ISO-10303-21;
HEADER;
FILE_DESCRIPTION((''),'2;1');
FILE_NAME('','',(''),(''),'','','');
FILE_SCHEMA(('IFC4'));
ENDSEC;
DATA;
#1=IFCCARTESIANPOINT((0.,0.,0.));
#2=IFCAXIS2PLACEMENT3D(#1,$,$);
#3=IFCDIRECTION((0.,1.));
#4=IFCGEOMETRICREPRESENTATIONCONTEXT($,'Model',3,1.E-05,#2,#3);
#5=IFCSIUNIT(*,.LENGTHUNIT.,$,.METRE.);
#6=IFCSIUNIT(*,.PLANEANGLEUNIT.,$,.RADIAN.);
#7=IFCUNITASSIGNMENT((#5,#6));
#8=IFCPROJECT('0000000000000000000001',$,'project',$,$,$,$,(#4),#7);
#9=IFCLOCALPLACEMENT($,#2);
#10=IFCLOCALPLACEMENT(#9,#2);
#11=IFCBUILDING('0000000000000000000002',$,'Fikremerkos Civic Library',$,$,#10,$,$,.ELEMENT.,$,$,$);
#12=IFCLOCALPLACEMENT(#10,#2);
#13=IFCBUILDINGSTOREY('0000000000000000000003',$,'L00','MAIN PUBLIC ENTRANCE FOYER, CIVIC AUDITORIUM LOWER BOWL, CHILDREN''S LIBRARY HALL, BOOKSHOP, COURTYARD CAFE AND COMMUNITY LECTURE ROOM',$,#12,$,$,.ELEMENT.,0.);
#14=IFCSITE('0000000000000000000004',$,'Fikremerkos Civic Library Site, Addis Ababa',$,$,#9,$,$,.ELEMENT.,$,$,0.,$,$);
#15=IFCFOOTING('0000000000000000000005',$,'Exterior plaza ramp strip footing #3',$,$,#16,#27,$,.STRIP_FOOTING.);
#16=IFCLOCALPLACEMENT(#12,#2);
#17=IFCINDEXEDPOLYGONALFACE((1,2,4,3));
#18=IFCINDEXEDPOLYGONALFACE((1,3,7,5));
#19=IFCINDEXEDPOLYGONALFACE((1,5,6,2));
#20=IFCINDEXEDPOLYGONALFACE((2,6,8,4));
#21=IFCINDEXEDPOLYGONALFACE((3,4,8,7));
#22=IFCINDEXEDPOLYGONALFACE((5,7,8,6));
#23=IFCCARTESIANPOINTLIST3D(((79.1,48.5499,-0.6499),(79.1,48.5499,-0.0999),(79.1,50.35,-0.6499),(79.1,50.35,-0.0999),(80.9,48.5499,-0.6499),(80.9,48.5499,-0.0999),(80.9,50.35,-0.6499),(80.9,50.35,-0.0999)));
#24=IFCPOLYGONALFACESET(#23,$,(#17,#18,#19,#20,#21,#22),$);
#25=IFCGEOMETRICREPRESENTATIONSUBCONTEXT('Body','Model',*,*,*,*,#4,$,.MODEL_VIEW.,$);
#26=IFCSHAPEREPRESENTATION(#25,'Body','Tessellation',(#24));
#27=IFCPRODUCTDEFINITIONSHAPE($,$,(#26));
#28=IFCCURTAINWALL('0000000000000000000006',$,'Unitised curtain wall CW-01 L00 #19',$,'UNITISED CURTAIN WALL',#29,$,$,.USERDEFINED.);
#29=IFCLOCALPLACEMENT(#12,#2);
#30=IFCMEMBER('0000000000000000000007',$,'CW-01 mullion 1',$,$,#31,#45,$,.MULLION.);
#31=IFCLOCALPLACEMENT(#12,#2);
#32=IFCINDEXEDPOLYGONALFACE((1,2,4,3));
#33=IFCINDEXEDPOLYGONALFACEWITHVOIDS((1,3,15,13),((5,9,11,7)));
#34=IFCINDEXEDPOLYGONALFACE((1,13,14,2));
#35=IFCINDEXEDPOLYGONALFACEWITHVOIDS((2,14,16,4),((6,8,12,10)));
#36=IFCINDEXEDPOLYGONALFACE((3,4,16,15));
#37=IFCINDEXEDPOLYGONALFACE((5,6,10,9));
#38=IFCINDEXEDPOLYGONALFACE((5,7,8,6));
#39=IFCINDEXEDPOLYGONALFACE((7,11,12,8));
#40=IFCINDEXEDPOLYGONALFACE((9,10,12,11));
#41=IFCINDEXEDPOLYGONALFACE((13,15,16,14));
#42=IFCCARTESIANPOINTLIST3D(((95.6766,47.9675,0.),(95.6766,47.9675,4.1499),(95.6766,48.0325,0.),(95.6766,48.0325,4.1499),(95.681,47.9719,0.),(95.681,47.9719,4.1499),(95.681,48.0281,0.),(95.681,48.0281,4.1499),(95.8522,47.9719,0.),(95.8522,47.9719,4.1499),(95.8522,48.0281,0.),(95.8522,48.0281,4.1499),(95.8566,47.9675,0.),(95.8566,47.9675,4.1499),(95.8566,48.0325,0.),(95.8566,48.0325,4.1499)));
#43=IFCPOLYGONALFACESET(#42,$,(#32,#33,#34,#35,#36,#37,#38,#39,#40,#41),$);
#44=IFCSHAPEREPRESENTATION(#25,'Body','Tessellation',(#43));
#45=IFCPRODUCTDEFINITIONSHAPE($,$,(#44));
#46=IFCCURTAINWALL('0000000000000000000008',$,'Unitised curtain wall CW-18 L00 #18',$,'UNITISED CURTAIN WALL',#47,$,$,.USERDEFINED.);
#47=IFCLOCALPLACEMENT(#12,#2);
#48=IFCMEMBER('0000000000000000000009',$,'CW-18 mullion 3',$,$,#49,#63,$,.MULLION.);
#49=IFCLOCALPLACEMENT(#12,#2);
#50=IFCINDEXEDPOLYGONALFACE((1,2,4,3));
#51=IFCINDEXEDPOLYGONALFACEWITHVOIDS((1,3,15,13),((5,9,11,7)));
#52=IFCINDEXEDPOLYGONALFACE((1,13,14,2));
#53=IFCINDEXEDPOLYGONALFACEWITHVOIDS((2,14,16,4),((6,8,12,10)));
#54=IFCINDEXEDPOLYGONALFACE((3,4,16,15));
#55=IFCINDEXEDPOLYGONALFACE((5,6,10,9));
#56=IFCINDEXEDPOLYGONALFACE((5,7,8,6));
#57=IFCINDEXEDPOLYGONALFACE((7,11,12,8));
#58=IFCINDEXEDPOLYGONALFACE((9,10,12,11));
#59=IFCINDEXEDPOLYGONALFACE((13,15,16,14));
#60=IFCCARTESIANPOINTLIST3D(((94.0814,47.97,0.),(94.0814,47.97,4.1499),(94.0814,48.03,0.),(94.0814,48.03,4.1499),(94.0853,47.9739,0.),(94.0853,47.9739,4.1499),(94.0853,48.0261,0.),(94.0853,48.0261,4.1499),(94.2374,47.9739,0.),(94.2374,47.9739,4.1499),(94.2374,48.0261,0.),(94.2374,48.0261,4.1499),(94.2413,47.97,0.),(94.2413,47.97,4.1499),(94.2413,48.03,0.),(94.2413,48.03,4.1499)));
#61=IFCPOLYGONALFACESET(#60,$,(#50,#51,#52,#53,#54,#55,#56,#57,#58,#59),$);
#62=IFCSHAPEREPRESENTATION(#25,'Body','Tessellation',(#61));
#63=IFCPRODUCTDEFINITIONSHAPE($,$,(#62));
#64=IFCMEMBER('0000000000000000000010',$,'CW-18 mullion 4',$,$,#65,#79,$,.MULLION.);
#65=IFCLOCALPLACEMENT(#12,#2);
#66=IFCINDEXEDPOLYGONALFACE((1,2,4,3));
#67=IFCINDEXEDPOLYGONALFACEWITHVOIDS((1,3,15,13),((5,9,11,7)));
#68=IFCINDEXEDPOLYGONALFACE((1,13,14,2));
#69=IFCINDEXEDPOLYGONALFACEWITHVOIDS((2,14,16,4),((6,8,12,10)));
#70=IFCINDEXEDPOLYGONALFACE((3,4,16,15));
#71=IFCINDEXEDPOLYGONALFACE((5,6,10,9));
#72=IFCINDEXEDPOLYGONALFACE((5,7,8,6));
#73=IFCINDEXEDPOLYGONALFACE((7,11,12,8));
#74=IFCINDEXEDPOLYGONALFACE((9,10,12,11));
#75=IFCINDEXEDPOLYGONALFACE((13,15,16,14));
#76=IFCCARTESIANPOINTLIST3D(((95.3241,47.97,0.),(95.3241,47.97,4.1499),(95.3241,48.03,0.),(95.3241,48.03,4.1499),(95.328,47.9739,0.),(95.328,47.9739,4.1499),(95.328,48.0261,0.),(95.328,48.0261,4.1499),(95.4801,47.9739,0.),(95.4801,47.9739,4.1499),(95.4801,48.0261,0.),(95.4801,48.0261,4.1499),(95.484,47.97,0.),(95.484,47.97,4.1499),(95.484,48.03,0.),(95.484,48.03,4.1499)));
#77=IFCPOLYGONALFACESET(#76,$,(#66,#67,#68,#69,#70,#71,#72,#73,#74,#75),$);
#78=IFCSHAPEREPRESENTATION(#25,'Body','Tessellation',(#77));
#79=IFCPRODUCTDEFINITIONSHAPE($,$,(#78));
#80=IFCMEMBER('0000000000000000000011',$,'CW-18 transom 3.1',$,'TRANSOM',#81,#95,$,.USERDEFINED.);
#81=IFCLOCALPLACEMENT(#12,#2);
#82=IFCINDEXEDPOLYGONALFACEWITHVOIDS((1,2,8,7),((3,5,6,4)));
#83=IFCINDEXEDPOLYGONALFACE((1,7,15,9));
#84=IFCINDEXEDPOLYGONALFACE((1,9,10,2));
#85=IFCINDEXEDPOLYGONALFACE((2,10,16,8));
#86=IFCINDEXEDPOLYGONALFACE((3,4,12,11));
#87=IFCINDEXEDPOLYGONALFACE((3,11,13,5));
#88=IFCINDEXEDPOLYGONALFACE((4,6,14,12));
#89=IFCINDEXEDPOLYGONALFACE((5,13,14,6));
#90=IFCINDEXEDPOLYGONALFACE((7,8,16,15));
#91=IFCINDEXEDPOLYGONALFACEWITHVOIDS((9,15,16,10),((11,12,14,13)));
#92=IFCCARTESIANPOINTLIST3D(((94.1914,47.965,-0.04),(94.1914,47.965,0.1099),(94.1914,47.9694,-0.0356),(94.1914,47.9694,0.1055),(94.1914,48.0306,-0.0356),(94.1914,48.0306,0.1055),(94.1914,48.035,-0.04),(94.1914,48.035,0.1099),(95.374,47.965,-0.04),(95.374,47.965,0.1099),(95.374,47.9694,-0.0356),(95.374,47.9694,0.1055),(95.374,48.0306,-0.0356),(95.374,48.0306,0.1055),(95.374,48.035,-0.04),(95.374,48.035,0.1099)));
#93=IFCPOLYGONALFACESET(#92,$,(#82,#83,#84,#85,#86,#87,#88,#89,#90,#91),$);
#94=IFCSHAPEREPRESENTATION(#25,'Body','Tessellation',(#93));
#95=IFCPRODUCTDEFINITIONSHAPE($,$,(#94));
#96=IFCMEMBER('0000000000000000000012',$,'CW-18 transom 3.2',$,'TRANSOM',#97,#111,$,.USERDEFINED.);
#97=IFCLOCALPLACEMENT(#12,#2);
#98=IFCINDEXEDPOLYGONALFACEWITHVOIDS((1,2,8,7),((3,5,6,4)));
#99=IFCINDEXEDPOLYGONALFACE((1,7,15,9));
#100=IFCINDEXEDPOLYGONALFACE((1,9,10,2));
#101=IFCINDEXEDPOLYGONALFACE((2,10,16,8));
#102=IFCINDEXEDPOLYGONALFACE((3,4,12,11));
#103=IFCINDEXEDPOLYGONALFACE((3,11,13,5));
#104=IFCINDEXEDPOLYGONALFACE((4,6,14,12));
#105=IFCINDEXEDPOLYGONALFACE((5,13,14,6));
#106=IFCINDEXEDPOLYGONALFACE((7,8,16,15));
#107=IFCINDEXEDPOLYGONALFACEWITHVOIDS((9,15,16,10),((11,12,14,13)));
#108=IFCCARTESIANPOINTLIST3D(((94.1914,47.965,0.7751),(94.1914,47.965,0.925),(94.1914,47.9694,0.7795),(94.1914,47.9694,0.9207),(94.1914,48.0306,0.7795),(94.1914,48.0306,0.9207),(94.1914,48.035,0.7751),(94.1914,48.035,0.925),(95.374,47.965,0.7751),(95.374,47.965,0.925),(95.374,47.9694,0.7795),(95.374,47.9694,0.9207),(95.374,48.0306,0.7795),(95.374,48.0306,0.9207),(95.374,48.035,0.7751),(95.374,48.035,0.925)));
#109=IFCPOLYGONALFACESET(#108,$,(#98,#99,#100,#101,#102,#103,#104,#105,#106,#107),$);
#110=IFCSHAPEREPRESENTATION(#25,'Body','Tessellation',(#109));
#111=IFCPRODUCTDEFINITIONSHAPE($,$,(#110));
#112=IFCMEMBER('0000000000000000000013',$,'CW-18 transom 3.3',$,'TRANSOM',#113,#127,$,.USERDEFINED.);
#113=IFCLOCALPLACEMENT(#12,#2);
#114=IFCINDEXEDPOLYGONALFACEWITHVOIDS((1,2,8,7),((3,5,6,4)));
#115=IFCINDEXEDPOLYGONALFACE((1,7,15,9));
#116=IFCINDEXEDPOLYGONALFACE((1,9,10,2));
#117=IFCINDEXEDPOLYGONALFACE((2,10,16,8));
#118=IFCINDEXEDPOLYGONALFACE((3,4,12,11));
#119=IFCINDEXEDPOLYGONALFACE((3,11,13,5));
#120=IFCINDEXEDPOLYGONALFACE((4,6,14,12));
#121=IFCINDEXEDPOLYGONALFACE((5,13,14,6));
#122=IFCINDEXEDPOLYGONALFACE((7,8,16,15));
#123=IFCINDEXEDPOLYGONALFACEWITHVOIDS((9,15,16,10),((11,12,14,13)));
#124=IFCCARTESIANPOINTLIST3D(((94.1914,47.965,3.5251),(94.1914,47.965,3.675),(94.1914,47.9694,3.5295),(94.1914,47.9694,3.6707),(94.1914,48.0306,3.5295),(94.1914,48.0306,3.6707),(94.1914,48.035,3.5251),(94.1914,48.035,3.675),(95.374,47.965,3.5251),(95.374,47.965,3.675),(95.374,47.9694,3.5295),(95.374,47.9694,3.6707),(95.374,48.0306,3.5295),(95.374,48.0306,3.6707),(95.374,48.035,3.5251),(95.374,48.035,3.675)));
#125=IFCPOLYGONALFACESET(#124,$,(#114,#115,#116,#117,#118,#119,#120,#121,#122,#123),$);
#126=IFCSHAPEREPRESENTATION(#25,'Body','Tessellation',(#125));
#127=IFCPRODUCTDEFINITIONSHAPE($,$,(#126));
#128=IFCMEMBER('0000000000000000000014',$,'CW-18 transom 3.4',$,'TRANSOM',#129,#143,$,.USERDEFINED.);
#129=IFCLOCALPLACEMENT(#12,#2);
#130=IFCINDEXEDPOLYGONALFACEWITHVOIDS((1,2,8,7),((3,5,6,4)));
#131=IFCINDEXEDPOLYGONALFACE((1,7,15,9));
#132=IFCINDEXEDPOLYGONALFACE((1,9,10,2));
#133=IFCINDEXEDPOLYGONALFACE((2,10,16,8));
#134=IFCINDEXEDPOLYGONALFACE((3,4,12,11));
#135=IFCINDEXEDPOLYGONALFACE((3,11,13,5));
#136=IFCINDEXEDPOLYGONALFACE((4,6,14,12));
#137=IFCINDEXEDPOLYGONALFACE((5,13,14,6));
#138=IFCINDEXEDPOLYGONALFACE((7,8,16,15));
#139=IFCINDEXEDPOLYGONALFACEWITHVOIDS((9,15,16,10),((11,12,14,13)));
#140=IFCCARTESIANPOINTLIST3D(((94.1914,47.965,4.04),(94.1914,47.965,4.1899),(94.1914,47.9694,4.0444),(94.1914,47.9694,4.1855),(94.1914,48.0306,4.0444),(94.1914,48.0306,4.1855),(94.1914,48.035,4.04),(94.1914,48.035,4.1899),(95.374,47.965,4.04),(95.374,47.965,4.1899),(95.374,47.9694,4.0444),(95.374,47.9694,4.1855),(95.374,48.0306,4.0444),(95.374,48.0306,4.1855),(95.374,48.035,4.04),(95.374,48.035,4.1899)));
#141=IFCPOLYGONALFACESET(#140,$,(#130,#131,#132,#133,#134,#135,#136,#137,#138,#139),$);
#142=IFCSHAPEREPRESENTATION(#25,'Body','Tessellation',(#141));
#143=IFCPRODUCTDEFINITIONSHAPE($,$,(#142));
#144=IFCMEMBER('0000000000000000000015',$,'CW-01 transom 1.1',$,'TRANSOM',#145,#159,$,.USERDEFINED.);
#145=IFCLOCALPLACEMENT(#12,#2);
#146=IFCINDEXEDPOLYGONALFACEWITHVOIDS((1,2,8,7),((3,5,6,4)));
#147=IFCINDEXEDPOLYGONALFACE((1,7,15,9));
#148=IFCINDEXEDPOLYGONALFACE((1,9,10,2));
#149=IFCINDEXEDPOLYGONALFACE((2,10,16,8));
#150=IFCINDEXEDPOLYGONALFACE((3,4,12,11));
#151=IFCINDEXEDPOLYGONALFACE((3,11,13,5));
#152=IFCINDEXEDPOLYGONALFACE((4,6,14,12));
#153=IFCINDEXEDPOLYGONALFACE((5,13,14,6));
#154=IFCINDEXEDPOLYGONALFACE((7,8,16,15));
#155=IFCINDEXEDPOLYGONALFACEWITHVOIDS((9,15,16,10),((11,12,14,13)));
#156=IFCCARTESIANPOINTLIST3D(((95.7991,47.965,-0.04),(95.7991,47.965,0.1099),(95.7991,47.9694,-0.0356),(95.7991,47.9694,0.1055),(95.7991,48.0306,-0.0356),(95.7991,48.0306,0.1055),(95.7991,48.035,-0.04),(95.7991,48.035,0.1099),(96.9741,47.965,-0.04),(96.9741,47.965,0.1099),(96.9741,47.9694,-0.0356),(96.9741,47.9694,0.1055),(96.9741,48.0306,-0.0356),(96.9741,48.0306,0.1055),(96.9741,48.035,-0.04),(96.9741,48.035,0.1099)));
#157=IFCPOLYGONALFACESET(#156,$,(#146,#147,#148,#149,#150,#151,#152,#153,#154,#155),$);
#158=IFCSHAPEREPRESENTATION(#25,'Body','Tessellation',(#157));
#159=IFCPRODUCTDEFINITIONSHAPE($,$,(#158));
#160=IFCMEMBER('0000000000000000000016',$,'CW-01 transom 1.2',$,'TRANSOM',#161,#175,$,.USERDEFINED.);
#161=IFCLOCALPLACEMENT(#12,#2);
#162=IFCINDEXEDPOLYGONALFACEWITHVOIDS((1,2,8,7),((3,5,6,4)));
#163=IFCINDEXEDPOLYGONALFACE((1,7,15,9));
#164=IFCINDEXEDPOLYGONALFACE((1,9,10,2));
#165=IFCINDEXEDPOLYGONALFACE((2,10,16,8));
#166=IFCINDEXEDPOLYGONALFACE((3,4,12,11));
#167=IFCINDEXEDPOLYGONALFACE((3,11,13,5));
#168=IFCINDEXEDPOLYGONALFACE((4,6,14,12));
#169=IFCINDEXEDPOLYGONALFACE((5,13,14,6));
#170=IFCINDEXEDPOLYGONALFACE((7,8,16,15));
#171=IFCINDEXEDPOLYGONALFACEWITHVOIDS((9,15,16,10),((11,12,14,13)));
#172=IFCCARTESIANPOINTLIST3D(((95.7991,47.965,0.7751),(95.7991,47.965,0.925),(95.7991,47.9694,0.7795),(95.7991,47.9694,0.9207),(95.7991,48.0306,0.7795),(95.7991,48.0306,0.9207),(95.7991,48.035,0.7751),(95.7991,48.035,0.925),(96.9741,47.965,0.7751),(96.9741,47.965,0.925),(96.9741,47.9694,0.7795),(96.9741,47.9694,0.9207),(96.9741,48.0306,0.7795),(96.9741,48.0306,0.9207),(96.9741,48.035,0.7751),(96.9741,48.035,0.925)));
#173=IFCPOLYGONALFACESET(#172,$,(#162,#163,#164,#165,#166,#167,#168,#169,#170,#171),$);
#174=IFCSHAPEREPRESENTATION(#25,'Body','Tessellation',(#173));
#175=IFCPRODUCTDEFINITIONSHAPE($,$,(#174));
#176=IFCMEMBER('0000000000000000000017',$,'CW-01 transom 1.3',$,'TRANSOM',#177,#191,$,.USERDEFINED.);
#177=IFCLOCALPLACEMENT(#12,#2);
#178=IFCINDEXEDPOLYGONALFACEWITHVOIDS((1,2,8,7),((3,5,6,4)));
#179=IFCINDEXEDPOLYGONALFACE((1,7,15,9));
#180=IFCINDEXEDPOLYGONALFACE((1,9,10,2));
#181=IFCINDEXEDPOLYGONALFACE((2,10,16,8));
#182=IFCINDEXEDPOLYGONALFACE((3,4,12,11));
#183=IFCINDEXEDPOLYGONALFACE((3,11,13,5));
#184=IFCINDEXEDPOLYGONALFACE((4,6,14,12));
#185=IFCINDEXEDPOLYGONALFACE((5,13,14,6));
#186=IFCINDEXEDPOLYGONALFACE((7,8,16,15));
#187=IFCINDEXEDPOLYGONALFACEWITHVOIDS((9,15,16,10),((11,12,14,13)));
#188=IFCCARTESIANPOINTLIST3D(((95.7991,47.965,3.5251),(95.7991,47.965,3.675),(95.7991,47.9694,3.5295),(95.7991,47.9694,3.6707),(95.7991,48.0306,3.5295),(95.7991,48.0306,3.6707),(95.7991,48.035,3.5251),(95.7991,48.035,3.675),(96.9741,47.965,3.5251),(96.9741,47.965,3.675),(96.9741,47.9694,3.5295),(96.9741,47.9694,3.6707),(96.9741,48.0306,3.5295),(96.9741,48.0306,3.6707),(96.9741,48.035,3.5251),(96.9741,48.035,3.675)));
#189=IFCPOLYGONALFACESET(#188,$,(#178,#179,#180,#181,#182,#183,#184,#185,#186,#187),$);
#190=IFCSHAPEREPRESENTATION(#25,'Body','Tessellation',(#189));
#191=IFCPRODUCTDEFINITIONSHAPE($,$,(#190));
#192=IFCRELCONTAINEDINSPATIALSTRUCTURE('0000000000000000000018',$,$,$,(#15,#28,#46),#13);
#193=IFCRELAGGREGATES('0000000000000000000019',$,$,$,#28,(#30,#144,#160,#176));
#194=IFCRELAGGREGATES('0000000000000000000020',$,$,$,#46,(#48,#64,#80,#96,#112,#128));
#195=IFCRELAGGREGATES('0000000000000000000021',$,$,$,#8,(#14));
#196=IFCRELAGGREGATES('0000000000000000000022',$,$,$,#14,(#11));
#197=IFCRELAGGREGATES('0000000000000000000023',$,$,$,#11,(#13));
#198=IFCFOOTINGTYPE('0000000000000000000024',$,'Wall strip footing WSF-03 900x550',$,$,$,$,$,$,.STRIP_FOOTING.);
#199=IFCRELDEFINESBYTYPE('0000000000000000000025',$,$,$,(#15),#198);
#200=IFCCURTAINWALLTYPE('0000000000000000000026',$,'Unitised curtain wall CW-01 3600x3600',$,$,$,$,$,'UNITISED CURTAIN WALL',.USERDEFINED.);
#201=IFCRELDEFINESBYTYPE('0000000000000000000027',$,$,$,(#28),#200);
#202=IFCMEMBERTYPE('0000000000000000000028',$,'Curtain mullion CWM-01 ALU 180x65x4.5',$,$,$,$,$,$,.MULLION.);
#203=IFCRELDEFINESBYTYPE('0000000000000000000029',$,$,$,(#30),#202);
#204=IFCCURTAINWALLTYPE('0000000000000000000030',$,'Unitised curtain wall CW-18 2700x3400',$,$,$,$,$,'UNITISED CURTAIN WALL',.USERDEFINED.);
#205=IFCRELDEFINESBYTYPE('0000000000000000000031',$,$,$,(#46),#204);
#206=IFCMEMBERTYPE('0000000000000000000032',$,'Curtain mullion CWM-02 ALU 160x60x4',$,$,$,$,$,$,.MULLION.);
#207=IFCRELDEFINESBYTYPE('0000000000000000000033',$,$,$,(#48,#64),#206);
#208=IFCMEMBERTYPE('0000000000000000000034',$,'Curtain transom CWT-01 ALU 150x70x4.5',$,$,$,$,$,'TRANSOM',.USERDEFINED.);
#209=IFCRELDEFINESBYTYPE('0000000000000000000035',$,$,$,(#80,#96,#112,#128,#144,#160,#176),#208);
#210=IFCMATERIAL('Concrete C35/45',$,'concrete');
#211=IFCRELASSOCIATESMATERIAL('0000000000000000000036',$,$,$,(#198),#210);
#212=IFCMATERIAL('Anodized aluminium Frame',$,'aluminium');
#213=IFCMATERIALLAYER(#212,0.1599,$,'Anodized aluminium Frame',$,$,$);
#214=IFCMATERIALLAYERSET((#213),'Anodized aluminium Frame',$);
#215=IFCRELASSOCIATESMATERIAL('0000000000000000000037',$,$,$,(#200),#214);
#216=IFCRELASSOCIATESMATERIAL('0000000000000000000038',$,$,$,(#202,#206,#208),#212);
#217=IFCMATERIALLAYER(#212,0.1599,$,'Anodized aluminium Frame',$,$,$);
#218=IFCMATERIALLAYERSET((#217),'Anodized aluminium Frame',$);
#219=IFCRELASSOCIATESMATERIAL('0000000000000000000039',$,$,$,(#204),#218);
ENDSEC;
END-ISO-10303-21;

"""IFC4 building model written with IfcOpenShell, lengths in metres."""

from ifc_helpers import new_model, si_unit, direction, frame, origin, origin_2d, place, context, subcontext, project, spatial, rectangle, hollow_rectangle, extrude, material, layer, layer_set, material_profile, profile_set, type_object, element, aggregate, save


model = new_model("IFC4")

# Units and contexts
model_context = context("Model", 3, precision=1e-05, world=origin(), true_north=direction((0.0, 1.0)))
body_context = subcontext(model_context, "Body", "Model", "MODEL_VIEW")
ifc_project = project(units=[si_unit("LENGTHUNIT", "METRE"), si_unit("PLANEANGLEUNIT", "RADIAN")], contexts=[model_context])

# Site, building, storey
site_placement = place(None, origin())
site = spatial("IfcSite", under=ifc_project, at=site_placement, Name="Fikremerkos Civic Library Site, Addis Ababa", CompositionType="ELEMENT", RefElevation=0.0)
building_placement = place(site_placement, origin())
building = spatial("IfcBuilding", under=site, at=building_placement, Name="Fikremerkos Civic Library", CompositionType="ELEMENT")
storey_placement = place(building_placement, origin())
storey = spatial("IfcBuildingStorey", under=building, at=storey_placement, Name="L00", Description="MAIN PUBLIC ENTRANCE FOYER, CIVIC AUDITORIUM LOWER BOWL, CHILDREN'S LIBRARY HALL, BOOKSHOP, COURTYARD CAFE AND COMMUNITY LECTURE ROOM", CompositionType="ELEMENT", Elevation=0.0)

# Footing
ifc_material_1 = material(Name="Concrete C35/45", Category="concrete")
footing_type = type_object("IfcFootingType", Name="Wall strip footing WSF-03 900x550", PredefinedType="STRIP_FOOTING", material=ifc_material_1)
footing_placement = place(storey_placement, frame((80.0, 49.45, -0.6499), z_axis=(0.0, 0.0, 1.0), x_axis=(1.0, 0.0, 0.0)))
element("IfcFooting", 1, at=footing_placement, inside=storey, type_object=footing_type, Name="Exterior plaza ramp strip footing #3", PredefinedType="STRIP_FOOTING", context=body_context, shape_type="SweptSolid", body=[
    extrude(rectangle(XDim=1.8, YDim=1.8, at=origin_2d()), origin(), (0.0, 0.0, 1.0), 0.55),
])

# Curtain wall, member
ifc_material_2 = material(Name="Anodized aluminium Frame", Category="aluminium")
ifc_layer_1 = layer(ifc_material_2, 0.1599, Name="Anodized aluminium Frame")
ifc_layer_set_1 = layer_set([ifc_layer_1], Name="Anodized aluminium Frame")
curtain_wall_type_1 = type_object("IfcCurtainWallType", Name="Unitised curtain wall CW-01 3600x3600", ElementType="UNITISED CURTAIN WALL", PredefinedType="USERDEFINED", material=ifc_layer_set_1)
curtain_wall_1_placement = place(storey_placement, origin())
curtain_wall_1 = element("IfcCurtainWall", 2, at=curtain_wall_1_placement, inside=storey, type_object=curtain_wall_type_1, Name="Unitised curtain wall CW-01 L00 #19", ObjectType="UNITISED CURTAIN WALL", PredefinedType="USERDEFINED")
ifc_material_profile_1 = material_profile(ifc_material_2, hollow_rectangle(XDim=0.0649, YDim=0.1799, WallThickness=0.0044, at=origin_2d()), Name="ALU 180x65x4.5")
ifc_profile_set_1 = profile_set([ifc_material_profile_1], Name="Anodized aluminium Frame")
member_type_1 = type_object("IfcMemberType", Name="Curtain mullion CWM-01 ALU 180x65x4.5", PredefinedType="MULLION", material=ifc_profile_set_1)
member_1_placement = place(storey_placement, frame((95.7666, 48.0, 0.0), z_axis=(0.0, 0.0, 1.0), x_axis=(0.0, 1.0, 0.0)))
member_1 = element("IfcMember", 3, at=member_1_placement, type_object=member_type_1, Name="CW-01 mullion 1", PredefinedType="MULLION", context=body_context, shape_type="SweptSolid", body=[
    extrude(hollow_rectangle(XDim=0.0649, YDim=0.1799, WallThickness=0.0044, at=origin_2d()), origin(), (0.0, 0.0, 1.0), 4.1499),
])

# Curtain wall, members
ifc_layer_2 = layer(ifc_material_2, 0.1599, Name="Anodized aluminium Frame")
ifc_layer_set_2 = layer_set([ifc_layer_2], Name="Anodized aluminium Frame")
curtain_wall_type_2 = type_object("IfcCurtainWallType", Name="Unitised curtain wall CW-18 2700x3400", ElementType="UNITISED CURTAIN WALL", PredefinedType="USERDEFINED", material=ifc_layer_set_2)
curtain_wall_2_placement = place(storey_placement, origin())
curtain_wall_2 = element("IfcCurtainWall", 4, at=curtain_wall_2_placement, inside=storey, type_object=curtain_wall_type_2, Name="Unitised curtain wall CW-18 L00 #18", ObjectType="UNITISED CURTAIN WALL", PredefinedType="USERDEFINED")
ifc_material_profile_2 = material_profile(ifc_material_2, hollow_rectangle(XDim=0.0601, YDim=0.1599, WallThickness=0.0039, at=origin_2d()), Name="ALU 160x60x4")
ifc_profile_set_2 = profile_set([ifc_material_profile_2], Name="Anodized aluminium Frame")
member_type_2 = type_object("IfcMemberType", Name="Curtain mullion CWM-02 ALU 160x60x4", PredefinedType="MULLION", material=ifc_profile_set_2)
member_2_placement = place(storey_placement, frame((94.1614, 48.0, 0.0), z_axis=(0.0, 0.0, 1.0), x_axis=(0.0, 1.0, 0.0)))
member_2 = element("IfcMember", 5, at=member_2_placement, type_object=member_type_2, Name="CW-18 mullion 3", PredefinedType="MULLION", context=body_context, shape_type="SweptSolid", body=[
    extrude(hollow_rectangle(XDim=0.0601, YDim=0.1599, WallThickness=0.0039, at=origin_2d()), origin(), (0.0, 0.0, 1.0), 4.1499),
])
member_3_placement = place(storey_placement, frame((95.4041, 48.0, 0.0), z_axis=(0.0, 0.0, 1.0), x_axis=(0.0, 1.0, 0.0)))
member_3 = element("IfcMember", 6, at=member_3_placement, type_object=member_type_2, Name="CW-18 mullion 4", PredefinedType="MULLION", context=body_context, shape_type="SweptSolid", body=[
    extrude(hollow_rectangle(XDim=0.0601, YDim=0.1599, WallThickness=0.0039, at=origin_2d()), origin(), (0.0, 0.0, 1.0), 4.1499),
])
ifc_material_profile_3 = material_profile(ifc_material_2, hollow_rectangle(XDim=0.0701, YDim=0.1499, WallThickness=0.0044, at=origin_2d()), Name="ALU 150x70x4.5")
ifc_profile_set_3 = profile_set([ifc_material_profile_3], Name="Anodized aluminium Frame")
member_type_3 = type_object("IfcMemberType", Name="Curtain transom CWT-01 ALU 150x70x4.5", ElementType="TRANSOM", PredefinedType="USERDEFINED", material=ifc_profile_set_3)
member_4_placement = place(storey_placement, frame((94.1914, 48.0, 0.0349), z_axis=(1.0, 0.0, 0.0), x_axis=(0.0, 1.0, 0.0)))
member_4 = element("IfcMember", 7, at=member_4_placement, type_object=member_type_3, Name="CW-18 transom 3.1", ObjectType="TRANSOM", PredefinedType="USERDEFINED", context=body_context, shape_type="SweptSolid", body=[
    extrude(hollow_rectangle(XDim=0.0701, YDim=0.1499, WallThickness=0.0044, at=origin_2d()), origin(), (0.0, 0.0, 1.0), 1.1826),
])
member_5_placement = place(storey_placement, frame((94.1914, 48.0, 0.8501), z_axis=(1.0, 0.0, 0.0), x_axis=(0.0, 1.0, 0.0)))
member_5 = element("IfcMember", 8, at=member_5_placement, type_object=member_type_3, Name="CW-18 transom 3.2", ObjectType="TRANSOM", PredefinedType="USERDEFINED", context=body_context, shape_type="SweptSolid", body=[
    extrude(hollow_rectangle(XDim=0.0701, YDim=0.1499, WallThickness=0.0044, at=origin_2d()), origin(), (0.0, 0.0, 1.0), 1.1826),
])
member_6_placement = place(storey_placement, frame((94.1914, 48.0, 3.6001), z_axis=(1.0, 0.0, 0.0), x_axis=(0.0, 1.0, 0.0)))
member_6 = element("IfcMember", 9, at=member_6_placement, type_object=member_type_3, Name="CW-18 transom 3.3", ObjectType="TRANSOM", PredefinedType="USERDEFINED", context=body_context, shape_type="SweptSolid", body=[
    extrude(hollow_rectangle(XDim=0.0701, YDim=0.1499, WallThickness=0.0044, at=origin_2d()), origin(), (0.0, 0.0, 1.0), 1.1826),
])
member_7_placement = place(storey_placement, frame((94.1914, 48.0, 4.115), z_axis=(1.0, 0.0, 0.0), x_axis=(0.0, 1.0, 0.0)))
member_7 = element("IfcMember", 10, at=member_7_placement, type_object=member_type_3, Name="CW-18 transom 3.4", ObjectType="TRANSOM", PredefinedType="USERDEFINED", context=body_context, shape_type="SweptSolid", body=[
    extrude(hollow_rectangle(XDim=0.0701, YDim=0.1499, WallThickness=0.0044, at=origin_2d()), origin(), (0.0, 0.0, 1.0), 1.1826),
])

# Members
member_8_placement = place(storey_placement, frame((95.7991, 48.0, 0.0349), z_axis=(1.0, 0.0, 0.0), x_axis=(0.0, 1.0, 0.0)))
member_8 = element("IfcMember", 11, at=member_8_placement, type_object=member_type_3, Name="CW-01 transom 1.1", ObjectType="TRANSOM", PredefinedType="USERDEFINED", context=body_context, shape_type="SweptSolid", body=[
    extrude(hollow_rectangle(XDim=0.0701, YDim=0.1499, WallThickness=0.0044, at=origin_2d()), origin(), (0.0, 0.0, 1.0), 1.175),
])
member_9_placement = place(storey_placement, frame((95.7991, 48.0, 0.8501), z_axis=(1.0, 0.0, 0.0), x_axis=(0.0, 1.0, 0.0)))
member_9 = element("IfcMember", 12, at=member_9_placement, type_object=member_type_3, Name="CW-01 transom 1.2", ObjectType="TRANSOM", PredefinedType="USERDEFINED", context=body_context, shape_type="SweptSolid", body=[
    extrude(hollow_rectangle(XDim=0.0701, YDim=0.1499, WallThickness=0.0044, at=origin_2d()), origin(), (0.0, 0.0, 1.0), 1.175),
])
member_10_placement = place(storey_placement, frame((95.7991, 48.0, 3.6001), z_axis=(1.0, 0.0, 0.0), x_axis=(0.0, 1.0, 0.0)))
member_10 = element("IfcMember", 13, at=member_10_placement, type_object=member_type_3, Name="CW-01 transom 1.3", ObjectType="TRANSOM", PredefinedType="USERDEFINED", context=body_context, shape_type="SweptSolid", body=[
    extrude(hollow_rectangle(XDim=0.0701, YDim=0.1499, WallThickness=0.0044, at=origin_2d()), origin(), (0.0, 0.0, 1.0), 1.175),
])

aggregate(curtain_wall_1, [member_1, member_8, member_9, member_10])
aggregate(curtain_wall_2, [member_2, member_3, member_4, member_5, member_6, member_7])

save(model, "model.ifc")
